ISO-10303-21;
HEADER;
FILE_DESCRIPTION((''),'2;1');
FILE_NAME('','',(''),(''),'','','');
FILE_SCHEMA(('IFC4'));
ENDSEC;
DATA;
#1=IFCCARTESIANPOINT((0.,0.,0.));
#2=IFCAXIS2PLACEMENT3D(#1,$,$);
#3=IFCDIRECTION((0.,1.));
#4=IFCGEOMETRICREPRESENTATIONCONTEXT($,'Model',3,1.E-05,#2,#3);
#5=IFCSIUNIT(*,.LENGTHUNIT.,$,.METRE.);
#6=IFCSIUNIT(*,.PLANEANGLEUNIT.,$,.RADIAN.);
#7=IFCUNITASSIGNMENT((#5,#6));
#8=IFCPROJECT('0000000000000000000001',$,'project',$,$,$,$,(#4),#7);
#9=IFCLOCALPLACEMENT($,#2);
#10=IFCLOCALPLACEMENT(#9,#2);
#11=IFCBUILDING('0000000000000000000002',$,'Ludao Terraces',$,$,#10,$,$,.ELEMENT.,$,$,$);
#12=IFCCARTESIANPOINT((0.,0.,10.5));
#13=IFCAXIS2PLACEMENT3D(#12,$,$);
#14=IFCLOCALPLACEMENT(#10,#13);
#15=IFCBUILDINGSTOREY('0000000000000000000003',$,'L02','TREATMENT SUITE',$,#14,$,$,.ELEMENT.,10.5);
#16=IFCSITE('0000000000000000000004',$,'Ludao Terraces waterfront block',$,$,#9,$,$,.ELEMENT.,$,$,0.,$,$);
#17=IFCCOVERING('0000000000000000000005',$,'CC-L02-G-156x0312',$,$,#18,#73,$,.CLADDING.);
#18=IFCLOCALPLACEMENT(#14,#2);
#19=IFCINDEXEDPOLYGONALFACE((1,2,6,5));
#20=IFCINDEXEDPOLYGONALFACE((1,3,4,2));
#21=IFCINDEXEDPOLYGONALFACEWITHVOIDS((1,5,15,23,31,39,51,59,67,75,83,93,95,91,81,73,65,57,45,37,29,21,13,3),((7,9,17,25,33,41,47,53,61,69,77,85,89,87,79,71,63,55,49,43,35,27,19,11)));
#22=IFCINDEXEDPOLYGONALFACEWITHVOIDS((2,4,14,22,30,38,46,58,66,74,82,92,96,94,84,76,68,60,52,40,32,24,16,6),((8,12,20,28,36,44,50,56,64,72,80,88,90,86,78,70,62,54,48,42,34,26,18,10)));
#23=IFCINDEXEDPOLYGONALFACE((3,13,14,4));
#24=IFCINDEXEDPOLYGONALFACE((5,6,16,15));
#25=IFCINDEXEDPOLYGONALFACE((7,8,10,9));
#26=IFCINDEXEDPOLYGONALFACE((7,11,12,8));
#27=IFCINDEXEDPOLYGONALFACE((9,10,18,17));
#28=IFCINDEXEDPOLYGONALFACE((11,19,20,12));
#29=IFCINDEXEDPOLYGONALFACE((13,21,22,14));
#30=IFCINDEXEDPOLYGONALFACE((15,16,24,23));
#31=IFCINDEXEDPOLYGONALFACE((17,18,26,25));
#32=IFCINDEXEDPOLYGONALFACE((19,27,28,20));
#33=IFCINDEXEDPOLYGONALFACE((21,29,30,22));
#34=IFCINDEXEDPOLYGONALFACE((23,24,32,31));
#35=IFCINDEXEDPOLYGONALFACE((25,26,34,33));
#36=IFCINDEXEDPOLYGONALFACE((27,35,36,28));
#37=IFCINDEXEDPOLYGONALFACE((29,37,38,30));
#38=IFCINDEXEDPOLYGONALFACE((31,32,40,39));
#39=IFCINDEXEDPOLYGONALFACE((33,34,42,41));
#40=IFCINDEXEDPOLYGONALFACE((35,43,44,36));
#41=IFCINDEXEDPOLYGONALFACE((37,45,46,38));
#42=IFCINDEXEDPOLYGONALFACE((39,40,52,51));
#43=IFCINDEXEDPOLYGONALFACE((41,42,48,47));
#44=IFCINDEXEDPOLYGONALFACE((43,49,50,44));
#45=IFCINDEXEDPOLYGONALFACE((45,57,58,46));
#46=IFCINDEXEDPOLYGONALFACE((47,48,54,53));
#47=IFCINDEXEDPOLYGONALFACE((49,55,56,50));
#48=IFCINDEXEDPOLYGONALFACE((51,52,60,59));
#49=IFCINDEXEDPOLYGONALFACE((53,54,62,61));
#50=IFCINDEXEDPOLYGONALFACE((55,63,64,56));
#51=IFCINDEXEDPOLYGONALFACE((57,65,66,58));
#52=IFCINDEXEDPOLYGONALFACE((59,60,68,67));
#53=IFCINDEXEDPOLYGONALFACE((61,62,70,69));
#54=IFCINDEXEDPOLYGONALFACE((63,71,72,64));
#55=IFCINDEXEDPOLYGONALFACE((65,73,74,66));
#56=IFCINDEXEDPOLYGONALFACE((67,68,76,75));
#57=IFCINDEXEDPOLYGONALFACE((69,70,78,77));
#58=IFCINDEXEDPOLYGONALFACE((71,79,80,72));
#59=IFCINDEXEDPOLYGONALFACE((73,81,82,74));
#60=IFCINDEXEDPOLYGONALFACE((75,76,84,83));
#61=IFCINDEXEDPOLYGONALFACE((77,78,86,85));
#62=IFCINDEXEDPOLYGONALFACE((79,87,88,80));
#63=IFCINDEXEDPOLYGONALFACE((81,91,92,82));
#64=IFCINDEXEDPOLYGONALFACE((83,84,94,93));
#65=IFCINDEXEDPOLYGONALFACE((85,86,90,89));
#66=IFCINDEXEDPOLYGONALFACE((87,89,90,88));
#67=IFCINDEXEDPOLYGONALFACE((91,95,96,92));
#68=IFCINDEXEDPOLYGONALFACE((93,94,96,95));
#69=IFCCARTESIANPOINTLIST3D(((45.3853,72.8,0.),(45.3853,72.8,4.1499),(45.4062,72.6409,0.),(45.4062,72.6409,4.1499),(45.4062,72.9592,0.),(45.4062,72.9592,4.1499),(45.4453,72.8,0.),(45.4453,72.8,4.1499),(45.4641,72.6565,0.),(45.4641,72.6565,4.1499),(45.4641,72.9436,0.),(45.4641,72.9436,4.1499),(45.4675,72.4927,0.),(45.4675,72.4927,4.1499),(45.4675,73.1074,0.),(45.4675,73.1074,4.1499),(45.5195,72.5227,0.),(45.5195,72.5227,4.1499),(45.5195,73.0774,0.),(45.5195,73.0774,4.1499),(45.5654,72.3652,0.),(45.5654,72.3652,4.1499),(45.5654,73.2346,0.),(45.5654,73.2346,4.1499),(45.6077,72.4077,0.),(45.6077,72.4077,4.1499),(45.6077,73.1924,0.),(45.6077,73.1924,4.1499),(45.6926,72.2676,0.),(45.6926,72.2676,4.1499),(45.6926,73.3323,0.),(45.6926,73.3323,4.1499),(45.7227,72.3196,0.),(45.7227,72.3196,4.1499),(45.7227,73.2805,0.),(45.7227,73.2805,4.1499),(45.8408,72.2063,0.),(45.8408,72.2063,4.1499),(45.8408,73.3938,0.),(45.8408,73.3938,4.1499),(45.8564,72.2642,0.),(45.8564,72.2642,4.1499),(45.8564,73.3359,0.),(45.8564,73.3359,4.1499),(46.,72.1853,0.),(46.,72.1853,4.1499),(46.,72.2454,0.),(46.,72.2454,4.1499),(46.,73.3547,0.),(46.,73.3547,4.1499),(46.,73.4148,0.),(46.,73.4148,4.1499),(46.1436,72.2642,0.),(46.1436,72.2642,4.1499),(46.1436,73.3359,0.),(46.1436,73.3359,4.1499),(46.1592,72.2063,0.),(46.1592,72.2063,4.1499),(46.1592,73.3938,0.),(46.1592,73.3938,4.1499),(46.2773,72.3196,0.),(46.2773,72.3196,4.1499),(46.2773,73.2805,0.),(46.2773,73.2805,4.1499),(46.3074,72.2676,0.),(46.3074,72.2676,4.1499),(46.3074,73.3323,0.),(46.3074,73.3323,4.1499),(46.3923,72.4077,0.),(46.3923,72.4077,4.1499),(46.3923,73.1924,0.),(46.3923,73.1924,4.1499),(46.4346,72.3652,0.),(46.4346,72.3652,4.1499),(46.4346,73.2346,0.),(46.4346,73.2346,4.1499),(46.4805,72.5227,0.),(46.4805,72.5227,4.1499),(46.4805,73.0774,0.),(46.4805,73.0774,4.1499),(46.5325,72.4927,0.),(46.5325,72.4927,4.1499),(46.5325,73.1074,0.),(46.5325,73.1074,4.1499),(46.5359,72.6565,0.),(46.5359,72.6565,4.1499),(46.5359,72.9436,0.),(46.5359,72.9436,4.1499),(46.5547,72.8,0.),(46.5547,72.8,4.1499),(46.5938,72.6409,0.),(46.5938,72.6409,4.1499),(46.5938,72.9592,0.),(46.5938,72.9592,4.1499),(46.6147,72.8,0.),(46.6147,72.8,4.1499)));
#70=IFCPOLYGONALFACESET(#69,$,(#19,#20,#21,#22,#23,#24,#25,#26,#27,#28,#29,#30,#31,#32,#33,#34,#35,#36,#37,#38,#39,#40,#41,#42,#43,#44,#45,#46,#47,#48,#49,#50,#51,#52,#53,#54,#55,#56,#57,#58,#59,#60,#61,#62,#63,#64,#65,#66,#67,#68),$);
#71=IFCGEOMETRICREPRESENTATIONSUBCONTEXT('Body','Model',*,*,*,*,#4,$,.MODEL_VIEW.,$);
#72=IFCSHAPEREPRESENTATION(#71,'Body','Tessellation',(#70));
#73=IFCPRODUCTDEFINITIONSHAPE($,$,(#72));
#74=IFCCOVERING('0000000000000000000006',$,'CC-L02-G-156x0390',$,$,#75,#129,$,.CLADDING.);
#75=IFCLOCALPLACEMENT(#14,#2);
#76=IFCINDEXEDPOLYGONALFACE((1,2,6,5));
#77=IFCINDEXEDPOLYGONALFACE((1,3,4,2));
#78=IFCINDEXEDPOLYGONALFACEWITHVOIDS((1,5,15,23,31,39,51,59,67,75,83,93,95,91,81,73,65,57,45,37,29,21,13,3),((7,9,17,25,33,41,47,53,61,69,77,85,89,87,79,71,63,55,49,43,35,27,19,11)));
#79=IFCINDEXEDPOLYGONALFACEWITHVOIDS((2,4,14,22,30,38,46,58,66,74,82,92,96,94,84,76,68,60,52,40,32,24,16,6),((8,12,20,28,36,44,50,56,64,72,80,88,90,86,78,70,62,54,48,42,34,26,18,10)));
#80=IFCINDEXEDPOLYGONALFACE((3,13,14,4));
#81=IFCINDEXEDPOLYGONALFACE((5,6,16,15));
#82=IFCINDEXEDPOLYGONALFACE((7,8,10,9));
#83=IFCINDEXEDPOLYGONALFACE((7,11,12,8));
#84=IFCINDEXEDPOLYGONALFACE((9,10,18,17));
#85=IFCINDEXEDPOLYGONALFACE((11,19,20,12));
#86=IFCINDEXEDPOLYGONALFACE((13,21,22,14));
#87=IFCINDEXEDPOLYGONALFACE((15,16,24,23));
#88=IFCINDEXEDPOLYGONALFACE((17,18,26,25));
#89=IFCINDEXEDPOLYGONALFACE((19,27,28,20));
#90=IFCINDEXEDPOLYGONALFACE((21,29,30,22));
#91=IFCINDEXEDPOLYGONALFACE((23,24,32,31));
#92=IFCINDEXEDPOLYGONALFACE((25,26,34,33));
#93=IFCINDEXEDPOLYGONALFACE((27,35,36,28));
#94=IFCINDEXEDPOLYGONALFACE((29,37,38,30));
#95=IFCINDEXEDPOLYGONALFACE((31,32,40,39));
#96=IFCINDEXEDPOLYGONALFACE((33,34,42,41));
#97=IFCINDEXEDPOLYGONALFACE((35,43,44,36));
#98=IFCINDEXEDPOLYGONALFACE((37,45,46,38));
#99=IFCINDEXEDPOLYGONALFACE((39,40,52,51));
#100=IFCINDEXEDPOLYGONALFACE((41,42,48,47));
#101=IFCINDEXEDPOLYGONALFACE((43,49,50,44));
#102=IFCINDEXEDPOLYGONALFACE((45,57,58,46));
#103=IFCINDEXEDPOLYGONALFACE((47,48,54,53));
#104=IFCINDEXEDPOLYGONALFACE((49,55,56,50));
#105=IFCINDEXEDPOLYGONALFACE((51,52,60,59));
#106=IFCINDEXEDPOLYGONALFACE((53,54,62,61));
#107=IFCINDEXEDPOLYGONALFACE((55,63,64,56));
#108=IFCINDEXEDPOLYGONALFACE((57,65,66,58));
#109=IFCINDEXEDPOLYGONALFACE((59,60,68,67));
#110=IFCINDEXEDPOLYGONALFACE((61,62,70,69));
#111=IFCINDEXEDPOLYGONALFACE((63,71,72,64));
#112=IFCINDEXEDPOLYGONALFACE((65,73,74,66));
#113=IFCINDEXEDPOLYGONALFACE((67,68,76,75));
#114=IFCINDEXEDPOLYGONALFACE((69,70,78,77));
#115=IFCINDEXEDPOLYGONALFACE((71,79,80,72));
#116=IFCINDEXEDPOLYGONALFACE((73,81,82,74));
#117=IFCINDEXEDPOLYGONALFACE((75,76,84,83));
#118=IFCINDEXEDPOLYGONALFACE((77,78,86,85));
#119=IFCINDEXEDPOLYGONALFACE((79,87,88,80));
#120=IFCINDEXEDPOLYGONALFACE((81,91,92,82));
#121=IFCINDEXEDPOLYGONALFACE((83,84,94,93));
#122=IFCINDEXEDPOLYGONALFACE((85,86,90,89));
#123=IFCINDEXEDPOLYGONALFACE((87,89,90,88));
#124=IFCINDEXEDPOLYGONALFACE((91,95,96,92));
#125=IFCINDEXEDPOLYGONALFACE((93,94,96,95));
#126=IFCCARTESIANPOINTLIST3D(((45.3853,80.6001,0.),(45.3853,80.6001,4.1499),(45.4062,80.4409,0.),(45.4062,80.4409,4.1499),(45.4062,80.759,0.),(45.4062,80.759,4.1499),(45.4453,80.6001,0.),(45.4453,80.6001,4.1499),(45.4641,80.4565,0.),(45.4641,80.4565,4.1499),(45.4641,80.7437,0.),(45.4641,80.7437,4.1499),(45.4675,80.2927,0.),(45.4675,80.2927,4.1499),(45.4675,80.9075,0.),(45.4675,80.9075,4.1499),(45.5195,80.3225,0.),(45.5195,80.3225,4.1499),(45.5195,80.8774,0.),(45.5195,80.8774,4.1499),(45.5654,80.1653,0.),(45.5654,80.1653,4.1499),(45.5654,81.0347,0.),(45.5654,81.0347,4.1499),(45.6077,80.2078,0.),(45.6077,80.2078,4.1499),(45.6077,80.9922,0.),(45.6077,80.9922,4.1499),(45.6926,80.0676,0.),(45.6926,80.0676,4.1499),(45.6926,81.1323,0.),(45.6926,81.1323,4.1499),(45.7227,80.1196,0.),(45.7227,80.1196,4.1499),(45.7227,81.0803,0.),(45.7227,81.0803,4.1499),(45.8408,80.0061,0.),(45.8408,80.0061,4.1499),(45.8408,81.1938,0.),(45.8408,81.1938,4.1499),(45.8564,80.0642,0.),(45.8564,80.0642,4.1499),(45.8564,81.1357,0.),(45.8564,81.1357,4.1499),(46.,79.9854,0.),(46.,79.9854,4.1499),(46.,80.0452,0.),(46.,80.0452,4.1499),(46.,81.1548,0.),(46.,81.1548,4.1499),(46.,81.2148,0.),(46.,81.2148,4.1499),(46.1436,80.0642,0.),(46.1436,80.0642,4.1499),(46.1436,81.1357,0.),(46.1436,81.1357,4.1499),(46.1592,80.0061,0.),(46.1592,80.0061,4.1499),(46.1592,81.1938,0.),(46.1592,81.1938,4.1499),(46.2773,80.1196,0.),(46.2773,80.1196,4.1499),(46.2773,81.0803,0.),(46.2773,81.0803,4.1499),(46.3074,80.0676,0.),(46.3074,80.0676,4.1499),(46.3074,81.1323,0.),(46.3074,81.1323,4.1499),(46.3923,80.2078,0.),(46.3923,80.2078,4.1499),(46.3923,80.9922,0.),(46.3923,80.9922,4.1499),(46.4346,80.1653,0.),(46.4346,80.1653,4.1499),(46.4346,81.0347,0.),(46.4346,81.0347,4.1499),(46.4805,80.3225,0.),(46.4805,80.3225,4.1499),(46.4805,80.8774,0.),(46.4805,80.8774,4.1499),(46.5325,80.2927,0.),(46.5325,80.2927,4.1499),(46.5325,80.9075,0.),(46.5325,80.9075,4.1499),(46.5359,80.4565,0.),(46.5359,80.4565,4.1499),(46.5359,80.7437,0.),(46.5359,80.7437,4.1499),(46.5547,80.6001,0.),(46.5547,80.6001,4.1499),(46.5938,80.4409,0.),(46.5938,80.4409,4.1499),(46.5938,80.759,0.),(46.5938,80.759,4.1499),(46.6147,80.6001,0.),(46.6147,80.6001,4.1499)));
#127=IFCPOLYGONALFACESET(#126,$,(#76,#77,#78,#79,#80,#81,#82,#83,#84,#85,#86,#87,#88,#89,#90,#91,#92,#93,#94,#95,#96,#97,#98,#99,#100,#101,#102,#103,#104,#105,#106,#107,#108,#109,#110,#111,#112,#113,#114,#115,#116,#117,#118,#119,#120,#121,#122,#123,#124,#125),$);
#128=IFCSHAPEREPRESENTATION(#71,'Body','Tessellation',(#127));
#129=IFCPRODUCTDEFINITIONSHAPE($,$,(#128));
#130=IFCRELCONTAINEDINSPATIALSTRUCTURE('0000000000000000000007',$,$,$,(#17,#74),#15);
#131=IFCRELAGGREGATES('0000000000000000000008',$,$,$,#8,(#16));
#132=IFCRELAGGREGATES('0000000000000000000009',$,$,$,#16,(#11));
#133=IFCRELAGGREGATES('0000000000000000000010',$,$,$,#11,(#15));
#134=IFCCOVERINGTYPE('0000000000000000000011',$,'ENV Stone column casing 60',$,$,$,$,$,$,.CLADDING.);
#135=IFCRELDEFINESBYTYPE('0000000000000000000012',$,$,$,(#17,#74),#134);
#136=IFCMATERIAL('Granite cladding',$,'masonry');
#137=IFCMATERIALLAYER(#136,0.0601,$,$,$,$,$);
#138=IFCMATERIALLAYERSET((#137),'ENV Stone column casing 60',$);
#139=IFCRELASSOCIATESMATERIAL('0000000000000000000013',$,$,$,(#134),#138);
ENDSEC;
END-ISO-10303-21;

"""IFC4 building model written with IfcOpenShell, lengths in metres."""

from ifc_helpers import new_model, si_unit, direction, frame, origin, place, context, subcontext, project, spatial, polyline, outline, extrude, material, layer, layer_set, type_object, element, save


model = new_model("IFC4")

# Units and contexts
model_context = context("Model", 3, precision=1e-05, world=origin(), true_north=direction((0.0, 1.0)))
body_context = subcontext(model_context, "Body", "Model", "MODEL_VIEW")
ifc_project = project(units=[si_unit("LENGTHUNIT", "METRE"), si_unit("PLANEANGLEUNIT", "RADIAN")], contexts=[model_context])

# Site, building, storey
site_placement = place(None, origin())
site = spatial("IfcSite", under=ifc_project, at=site_placement, Name="Ludao Terraces waterfront block", CompositionType="ELEMENT", RefElevation=0.0)
building_placement = place(site_placement, origin())
building = spatial("IfcBuilding", under=site, at=building_placement, Name="Ludao Terraces", CompositionType="ELEMENT")
storey_placement = place(building_placement, frame((0.0, 0.0, 10.5)))
storey = spatial("IfcBuildingStorey", under=building, at=storey_placement, Name="L02", Description="TREATMENT SUITE", CompositionType="ELEMENT", Elevation=10.5)

# Coverings
ifc_material_1 = material(Name="Granite cladding", Category="masonry")
ifc_layer_1 = layer(ifc_material_1, 0.0601)
ifc_layer_set_1 = layer_set([ifc_layer_1], Name="ENV Stone column casing 60")
covering_type = type_object("IfcCoveringType", Name="ENV Stone column casing 60", PredefinedType="CLADDING", material=ifc_layer_set_1)
covering_1_placement = place(storey_placement, origin())
element("IfcCovering", 1, at=covering_1_placement, inside=storey, type_object=covering_type, Name="CC-L02-G-156x0312", PredefinedType="CLADDING", context=body_context, shape_type="SweptSolid", body=[
    extrude(outline(polyline([(46.6147, 72.8), (46.5938, 72.9592), (46.5325, 73.1074), (46.4346, 73.2346), (46.3074, 73.3323), (46.1592, 73.3938), (46.0, 73.4148), (45.8408, 73.3938), (45.6926, 73.3323), (45.5654, 73.2346), (45.4675, 73.1074), (45.4062, 72.9592), (45.3853, 72.8), (45.4062, 72.6409), (45.4675, 72.4927), (45.5654, 72.3652), (45.6926, 72.2676), (45.8408, 72.2063), (46.0, 72.1853), (46.1592, 72.2063), (46.3074, 72.2676), (46.4346, 72.3652), (46.5325, 72.4927), (46.5938, 72.6409), (46.6147, 72.8)]), holes=[polyline([(46.5359, 72.6565), (46.4805, 72.5227), (46.3923, 72.4077), (46.2773, 72.3196), (46.1436, 72.2642), (46.0, 72.2454), (45.8564, 72.2642), (45.7227, 72.3196), (45.6077, 72.4077), (45.5195, 72.5227), (45.4641, 72.6565), (45.4453, 72.8), (45.4641, 72.9436), (45.5195, 73.0774), (45.6077, 73.1924), (45.7227, 73.2805), (45.8564, 73.3359), (46.0, 73.3547), (46.1436, 73.3359), (46.2773, 73.2805), (46.3923, 73.1924), (46.4805, 73.0774), (46.5359, 72.9436), (46.5547, 72.8), (46.5359, 72.6565)])]), origin(), (0.0, 0.0, 1.0), 4.1499),
])
covering_2_placement = place(storey_placement, origin())
element("IfcCovering", 2, at=covering_2_placement, inside=storey, type_object=covering_type, Name="CC-L02-G-156x0390", PredefinedType="CLADDING", context=body_context, shape_type="SweptSolid", body=[
    extrude(outline(polyline([(46.6147, 80.6001), (46.5938, 80.759), (46.5325, 80.9075), (46.4346, 81.0347), (46.3074, 81.1323), (46.1592, 81.1938), (46.0, 81.2148), (45.8408, 81.1938), (45.6926, 81.1323), (45.5654, 81.0347), (45.4675, 80.9075), (45.4062, 80.759), (45.3853, 80.6001), (45.4062, 80.4409), (45.4675, 80.2927), (45.5654, 80.1653), (45.6926, 80.0676), (45.8408, 80.0061), (46.0, 79.9854), (46.1592, 80.0061), (46.3074, 80.0676), (46.4346, 80.1653), (46.5325, 80.2927), (46.5938, 80.4409), (46.6147, 80.6001)]), holes=[polyline([(46.5359, 80.4565), (46.4805, 80.3225), (46.3923, 80.2078), (46.2773, 80.1196), (46.1436, 80.0642), (46.0, 80.0452), (45.8564, 80.0642), (45.7227, 80.1196), (45.6077, 80.2078), (45.5195, 80.3225), (45.4641, 80.4565), (45.4453, 80.6001), (45.4641, 80.7437), (45.5195, 80.8774), (45.6077, 80.9922), (45.7227, 81.0803), (45.8564, 81.1357), (46.0, 81.1548), (46.1436, 81.1357), (46.2773, 81.0803), (46.3923, 80.9922), (46.4805, 80.8774), (46.5359, 80.7437), (46.5547, 80.6001), (46.5359, 80.4565)])]), origin(), (0.0, 0.0, 1.0), 4.1499),
])

save(model, "model.ifc")
